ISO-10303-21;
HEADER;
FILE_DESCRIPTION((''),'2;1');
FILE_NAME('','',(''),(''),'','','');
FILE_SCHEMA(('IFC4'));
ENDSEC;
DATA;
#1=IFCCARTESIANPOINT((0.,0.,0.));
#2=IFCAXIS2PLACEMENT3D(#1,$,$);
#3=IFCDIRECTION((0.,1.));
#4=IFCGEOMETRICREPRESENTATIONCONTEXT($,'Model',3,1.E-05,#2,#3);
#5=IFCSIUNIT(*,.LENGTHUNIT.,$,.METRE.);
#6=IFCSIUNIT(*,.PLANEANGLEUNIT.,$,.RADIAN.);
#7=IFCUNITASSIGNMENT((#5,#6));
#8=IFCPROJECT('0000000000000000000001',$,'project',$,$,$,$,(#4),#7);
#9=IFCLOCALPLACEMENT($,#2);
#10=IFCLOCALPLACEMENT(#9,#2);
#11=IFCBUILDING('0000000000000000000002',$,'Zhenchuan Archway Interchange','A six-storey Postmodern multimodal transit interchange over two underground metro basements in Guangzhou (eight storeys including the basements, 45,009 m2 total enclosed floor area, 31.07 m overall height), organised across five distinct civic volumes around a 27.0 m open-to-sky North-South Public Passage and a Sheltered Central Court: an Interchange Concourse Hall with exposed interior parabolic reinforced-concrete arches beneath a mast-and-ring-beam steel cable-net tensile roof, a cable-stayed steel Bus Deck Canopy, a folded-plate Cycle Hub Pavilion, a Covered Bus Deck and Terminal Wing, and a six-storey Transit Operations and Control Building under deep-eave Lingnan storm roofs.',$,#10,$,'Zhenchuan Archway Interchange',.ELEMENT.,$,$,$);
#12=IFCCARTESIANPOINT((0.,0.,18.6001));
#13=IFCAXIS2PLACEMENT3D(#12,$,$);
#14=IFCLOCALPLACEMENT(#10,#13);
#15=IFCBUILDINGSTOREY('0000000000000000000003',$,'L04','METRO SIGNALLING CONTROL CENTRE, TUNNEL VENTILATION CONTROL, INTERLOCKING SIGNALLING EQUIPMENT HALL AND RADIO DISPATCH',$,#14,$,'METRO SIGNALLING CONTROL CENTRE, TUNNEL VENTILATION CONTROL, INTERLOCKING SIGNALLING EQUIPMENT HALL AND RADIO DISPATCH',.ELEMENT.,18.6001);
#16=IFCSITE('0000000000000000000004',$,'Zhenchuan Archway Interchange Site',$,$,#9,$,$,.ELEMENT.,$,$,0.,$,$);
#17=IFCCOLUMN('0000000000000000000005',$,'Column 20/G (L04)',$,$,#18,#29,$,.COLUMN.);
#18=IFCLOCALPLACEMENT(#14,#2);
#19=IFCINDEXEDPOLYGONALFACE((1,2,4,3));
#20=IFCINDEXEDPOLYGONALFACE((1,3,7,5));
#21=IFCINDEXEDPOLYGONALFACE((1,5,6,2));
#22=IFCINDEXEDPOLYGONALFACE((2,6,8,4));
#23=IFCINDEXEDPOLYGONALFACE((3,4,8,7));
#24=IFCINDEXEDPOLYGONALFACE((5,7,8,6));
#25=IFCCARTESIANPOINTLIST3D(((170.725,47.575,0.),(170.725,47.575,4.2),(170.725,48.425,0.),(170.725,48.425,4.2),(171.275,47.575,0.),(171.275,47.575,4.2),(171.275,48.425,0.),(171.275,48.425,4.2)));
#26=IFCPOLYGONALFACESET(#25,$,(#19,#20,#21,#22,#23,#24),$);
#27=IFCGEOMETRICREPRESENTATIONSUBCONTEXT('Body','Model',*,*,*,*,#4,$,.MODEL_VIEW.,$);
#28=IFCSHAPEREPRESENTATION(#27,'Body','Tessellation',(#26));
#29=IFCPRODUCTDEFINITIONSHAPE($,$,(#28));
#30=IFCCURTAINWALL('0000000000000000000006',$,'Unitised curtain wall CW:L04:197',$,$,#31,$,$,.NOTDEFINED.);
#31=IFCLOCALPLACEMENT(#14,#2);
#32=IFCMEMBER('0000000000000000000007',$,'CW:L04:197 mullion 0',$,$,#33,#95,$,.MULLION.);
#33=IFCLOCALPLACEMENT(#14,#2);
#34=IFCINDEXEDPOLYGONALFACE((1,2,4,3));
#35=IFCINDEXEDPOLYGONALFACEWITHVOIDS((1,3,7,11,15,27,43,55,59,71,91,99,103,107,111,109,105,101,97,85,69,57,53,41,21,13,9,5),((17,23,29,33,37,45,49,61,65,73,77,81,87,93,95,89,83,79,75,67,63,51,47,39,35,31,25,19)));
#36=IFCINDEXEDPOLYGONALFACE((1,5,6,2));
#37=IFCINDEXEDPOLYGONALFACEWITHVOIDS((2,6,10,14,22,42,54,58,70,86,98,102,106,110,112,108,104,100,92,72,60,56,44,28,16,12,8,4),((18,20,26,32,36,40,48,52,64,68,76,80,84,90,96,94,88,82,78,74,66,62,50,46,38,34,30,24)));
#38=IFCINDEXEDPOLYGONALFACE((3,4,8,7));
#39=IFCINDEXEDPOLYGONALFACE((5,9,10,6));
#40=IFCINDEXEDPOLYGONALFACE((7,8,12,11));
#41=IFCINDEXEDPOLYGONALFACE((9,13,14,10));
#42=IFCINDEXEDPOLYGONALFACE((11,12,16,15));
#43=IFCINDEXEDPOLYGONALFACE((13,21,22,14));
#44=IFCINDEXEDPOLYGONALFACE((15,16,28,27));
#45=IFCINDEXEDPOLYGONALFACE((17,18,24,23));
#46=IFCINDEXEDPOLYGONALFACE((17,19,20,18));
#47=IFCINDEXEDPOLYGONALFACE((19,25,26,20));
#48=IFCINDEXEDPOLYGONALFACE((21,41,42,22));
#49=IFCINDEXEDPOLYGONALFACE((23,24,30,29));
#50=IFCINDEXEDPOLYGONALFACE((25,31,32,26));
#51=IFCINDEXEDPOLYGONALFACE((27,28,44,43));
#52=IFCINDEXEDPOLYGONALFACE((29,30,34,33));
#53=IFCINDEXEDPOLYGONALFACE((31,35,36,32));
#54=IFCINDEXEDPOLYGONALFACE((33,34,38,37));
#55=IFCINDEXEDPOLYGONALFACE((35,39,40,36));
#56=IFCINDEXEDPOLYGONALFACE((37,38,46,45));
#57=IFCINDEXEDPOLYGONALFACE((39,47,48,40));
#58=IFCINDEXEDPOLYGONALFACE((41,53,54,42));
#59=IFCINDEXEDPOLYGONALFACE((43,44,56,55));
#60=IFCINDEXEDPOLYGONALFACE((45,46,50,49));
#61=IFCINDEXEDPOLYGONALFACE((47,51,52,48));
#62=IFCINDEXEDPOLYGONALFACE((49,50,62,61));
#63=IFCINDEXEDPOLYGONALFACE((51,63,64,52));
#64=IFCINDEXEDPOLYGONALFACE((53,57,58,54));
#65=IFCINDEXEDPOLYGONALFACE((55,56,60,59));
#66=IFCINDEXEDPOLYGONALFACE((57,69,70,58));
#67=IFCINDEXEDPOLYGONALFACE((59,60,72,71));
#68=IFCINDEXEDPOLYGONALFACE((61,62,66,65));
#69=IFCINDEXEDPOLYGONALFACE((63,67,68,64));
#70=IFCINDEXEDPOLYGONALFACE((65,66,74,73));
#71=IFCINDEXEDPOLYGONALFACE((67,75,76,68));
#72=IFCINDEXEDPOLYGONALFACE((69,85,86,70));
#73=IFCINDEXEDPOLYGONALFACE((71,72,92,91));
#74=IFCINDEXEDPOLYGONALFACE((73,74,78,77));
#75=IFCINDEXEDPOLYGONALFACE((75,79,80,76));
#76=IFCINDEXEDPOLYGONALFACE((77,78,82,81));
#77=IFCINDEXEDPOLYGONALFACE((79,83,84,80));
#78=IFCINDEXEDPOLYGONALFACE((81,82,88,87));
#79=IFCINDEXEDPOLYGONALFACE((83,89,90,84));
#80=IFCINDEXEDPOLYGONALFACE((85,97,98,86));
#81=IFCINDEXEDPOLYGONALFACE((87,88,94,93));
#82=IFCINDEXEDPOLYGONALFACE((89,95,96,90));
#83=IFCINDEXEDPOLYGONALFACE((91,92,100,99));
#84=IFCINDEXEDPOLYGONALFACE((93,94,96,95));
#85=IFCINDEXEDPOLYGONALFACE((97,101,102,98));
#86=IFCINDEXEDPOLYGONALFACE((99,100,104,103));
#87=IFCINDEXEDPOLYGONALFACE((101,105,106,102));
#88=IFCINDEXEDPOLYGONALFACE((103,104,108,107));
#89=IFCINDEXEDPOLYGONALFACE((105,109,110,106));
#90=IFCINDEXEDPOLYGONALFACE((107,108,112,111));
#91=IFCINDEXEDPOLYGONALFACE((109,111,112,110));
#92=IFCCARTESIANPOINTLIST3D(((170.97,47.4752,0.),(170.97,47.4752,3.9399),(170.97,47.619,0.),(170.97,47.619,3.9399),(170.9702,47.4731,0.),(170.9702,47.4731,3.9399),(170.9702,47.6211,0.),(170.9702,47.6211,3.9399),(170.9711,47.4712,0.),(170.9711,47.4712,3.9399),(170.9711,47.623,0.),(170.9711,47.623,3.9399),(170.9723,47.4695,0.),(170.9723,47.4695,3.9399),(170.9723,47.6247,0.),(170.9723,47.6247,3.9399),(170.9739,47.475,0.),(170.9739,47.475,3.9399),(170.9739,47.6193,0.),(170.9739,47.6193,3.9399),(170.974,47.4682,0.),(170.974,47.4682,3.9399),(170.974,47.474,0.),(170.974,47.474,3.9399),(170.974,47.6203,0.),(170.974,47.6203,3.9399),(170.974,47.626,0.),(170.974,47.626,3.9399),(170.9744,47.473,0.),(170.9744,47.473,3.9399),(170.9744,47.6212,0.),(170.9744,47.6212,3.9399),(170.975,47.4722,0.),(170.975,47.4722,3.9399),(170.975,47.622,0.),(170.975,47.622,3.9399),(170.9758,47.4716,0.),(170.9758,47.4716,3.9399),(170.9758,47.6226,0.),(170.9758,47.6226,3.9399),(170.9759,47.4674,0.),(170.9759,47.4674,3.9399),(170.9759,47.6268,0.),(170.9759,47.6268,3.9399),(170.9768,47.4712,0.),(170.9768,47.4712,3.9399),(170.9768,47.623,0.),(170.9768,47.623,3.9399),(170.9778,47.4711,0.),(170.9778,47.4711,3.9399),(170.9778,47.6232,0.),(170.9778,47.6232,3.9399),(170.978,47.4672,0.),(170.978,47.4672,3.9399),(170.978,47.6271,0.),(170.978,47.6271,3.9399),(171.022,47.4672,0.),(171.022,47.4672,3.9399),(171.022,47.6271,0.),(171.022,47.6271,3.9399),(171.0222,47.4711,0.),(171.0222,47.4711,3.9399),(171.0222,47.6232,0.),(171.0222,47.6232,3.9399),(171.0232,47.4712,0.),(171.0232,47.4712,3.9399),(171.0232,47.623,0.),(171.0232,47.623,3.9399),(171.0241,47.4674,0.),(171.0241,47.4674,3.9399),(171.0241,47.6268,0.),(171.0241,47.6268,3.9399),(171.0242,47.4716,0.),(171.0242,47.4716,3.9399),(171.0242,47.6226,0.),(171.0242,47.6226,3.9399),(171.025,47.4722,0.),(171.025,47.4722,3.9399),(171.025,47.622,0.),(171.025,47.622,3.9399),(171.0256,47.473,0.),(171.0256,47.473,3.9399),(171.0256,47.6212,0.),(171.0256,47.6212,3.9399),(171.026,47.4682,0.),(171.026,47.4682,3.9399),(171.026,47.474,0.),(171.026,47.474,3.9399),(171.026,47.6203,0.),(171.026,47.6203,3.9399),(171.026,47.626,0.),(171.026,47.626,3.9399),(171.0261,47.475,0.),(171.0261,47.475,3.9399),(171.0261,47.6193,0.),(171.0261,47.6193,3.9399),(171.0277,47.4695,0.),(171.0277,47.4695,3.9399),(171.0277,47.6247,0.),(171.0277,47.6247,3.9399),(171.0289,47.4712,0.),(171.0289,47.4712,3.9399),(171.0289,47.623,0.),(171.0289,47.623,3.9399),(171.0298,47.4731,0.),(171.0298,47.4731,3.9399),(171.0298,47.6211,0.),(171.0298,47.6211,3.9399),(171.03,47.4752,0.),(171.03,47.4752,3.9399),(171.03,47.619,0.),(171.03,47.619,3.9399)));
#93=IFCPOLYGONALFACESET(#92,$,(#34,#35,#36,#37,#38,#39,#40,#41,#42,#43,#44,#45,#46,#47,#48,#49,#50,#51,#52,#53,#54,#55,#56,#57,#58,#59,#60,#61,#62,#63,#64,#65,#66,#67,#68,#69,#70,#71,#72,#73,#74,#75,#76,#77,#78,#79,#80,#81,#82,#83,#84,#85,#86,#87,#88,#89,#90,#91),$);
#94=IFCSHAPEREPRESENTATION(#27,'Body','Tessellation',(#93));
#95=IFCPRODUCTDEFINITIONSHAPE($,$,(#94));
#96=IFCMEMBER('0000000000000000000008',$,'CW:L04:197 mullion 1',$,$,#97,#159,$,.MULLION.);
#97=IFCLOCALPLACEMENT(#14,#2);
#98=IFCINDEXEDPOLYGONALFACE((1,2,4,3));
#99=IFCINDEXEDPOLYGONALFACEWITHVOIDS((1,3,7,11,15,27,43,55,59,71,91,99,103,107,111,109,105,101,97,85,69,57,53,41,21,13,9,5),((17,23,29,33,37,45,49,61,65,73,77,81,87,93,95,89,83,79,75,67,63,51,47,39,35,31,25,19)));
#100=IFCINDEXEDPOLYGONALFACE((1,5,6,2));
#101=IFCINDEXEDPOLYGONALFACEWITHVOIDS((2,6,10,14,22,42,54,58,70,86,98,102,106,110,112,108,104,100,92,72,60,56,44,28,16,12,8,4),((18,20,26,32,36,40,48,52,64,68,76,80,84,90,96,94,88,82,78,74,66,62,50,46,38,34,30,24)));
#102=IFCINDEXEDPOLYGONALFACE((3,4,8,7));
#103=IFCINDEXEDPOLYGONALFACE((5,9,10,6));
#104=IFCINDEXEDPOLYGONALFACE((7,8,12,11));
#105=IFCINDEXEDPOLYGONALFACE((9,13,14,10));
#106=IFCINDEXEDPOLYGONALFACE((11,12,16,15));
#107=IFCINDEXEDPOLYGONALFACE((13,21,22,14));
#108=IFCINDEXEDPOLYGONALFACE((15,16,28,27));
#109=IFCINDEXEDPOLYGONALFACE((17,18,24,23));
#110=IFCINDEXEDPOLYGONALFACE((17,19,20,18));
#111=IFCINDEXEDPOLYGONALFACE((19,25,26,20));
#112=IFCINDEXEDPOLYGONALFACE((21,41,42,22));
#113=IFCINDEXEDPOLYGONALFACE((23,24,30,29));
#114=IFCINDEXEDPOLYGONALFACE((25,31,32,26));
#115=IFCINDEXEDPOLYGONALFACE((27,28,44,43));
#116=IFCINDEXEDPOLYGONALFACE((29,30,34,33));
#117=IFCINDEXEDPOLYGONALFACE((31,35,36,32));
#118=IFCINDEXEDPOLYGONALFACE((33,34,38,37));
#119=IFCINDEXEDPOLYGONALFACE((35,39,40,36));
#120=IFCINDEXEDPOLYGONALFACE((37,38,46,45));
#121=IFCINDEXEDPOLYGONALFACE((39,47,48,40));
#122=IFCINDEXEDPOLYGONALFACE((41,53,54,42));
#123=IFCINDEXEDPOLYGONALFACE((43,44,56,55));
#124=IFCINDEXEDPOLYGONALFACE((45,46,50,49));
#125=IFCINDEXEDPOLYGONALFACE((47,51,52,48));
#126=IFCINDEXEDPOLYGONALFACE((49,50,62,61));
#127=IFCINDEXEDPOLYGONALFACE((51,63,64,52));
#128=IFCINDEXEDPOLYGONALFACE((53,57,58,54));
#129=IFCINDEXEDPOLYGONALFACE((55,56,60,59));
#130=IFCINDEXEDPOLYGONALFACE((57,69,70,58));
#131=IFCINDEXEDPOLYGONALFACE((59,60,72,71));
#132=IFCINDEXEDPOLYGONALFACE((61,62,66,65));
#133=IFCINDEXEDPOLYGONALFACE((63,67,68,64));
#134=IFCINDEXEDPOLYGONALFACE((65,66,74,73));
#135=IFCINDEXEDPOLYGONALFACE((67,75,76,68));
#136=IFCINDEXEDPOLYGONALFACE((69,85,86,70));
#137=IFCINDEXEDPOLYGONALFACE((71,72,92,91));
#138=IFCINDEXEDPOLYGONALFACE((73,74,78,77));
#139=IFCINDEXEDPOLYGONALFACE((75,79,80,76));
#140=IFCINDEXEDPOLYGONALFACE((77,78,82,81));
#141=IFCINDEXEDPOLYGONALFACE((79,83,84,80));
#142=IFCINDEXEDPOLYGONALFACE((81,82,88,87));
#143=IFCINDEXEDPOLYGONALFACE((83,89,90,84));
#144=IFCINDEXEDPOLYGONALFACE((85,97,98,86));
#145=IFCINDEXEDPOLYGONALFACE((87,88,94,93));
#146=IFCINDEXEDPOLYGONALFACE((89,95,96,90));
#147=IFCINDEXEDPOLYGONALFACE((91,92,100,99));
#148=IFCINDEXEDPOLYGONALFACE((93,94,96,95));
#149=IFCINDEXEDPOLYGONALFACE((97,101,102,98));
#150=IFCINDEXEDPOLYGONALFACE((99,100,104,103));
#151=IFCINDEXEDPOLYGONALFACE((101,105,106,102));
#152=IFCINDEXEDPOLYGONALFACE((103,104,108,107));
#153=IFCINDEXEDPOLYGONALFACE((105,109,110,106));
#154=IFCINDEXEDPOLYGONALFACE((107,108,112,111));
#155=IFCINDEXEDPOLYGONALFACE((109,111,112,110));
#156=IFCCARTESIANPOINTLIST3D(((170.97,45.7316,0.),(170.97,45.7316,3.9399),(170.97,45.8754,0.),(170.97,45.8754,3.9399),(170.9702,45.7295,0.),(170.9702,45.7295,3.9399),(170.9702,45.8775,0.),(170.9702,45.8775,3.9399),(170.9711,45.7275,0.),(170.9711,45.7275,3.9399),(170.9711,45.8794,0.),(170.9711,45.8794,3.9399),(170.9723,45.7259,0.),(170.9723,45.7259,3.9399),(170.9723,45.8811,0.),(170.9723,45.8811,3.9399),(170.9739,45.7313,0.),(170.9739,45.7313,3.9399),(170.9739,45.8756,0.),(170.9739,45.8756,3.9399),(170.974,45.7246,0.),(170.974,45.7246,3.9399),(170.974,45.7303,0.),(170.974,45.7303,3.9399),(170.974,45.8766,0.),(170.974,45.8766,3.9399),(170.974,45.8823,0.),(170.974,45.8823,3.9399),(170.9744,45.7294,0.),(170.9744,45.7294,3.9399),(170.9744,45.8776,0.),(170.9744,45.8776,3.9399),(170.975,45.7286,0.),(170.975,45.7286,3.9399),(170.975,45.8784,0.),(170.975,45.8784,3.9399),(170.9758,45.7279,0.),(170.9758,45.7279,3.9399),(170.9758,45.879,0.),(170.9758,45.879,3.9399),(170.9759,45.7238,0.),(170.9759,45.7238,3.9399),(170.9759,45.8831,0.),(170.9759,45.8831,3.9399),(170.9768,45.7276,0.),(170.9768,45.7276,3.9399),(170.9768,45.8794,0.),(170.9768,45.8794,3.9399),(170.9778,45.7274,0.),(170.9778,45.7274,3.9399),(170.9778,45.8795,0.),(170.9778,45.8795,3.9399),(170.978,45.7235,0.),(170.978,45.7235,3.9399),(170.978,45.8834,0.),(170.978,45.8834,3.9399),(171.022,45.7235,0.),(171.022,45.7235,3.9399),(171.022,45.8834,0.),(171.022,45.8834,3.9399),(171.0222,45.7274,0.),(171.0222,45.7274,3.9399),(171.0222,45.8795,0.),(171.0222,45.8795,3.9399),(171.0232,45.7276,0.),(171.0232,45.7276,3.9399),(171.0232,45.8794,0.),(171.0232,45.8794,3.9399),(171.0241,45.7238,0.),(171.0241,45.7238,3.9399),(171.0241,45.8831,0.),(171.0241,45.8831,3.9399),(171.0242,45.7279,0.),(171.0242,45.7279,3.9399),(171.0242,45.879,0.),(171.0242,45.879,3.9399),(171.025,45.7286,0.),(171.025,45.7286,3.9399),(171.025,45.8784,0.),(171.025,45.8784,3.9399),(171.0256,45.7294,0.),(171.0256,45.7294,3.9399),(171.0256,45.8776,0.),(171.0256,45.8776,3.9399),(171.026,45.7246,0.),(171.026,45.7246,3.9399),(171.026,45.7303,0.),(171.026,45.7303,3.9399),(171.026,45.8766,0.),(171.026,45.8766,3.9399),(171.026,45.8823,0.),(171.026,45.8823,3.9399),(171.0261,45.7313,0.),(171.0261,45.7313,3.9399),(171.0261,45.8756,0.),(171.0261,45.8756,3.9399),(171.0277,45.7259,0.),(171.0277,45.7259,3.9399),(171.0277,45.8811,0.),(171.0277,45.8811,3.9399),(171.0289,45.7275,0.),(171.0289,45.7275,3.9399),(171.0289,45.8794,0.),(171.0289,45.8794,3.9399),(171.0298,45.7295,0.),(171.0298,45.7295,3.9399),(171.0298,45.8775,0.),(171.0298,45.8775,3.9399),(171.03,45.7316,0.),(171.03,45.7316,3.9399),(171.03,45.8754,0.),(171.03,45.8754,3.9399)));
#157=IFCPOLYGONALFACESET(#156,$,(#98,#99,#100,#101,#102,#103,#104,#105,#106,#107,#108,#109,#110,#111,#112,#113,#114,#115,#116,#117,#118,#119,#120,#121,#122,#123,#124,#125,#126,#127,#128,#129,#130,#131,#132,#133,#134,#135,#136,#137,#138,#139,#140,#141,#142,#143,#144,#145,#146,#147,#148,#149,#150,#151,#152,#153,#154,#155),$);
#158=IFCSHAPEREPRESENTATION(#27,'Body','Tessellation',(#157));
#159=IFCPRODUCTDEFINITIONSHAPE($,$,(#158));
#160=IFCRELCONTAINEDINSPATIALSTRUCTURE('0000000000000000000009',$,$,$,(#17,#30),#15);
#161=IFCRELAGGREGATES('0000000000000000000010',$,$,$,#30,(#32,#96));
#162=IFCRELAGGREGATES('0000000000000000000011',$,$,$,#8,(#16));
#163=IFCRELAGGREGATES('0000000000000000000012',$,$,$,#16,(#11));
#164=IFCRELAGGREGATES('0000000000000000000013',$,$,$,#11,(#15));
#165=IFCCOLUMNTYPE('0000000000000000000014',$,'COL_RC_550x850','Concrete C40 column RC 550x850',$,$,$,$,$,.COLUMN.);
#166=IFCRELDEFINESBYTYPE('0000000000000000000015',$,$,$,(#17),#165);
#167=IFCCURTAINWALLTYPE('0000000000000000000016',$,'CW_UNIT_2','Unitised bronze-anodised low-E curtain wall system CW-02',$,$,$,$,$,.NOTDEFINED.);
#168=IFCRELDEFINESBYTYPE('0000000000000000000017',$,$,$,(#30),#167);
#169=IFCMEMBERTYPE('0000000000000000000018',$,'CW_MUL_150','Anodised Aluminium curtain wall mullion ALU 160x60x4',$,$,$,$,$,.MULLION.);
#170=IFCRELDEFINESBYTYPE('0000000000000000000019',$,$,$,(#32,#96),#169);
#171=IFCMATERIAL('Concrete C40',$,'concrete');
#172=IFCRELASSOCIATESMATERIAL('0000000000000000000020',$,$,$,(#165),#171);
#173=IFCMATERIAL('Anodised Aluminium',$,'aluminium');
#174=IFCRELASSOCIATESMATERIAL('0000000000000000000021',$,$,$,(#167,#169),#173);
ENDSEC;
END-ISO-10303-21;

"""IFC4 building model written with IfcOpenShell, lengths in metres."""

from ifc_helpers import new_model, si_unit, direction, frame, origin, origin_2d, place, context, subcontext, project, spatial, rectangle, hollow_rectangle, extrude, material, material_profile, profile_set, type_object, element, aggregate, save


model = new_model("IFC4")

# Units and contexts
model_context = context("Model", 3, precision=1e-05, world=origin(), true_north=direction((0.0, 1.0)))
body_context = subcontext(model_context, "Body", "Model", "MODEL_VIEW")
ifc_project = project(units=[si_unit("LENGTHUNIT", "METRE"), si_unit("PLANEANGLEUNIT", "RADIAN")], contexts=[model_context])

# Site, building, storey
site_placement = place(None, origin())
site = spatial("IfcSite", under=ifc_project, at=site_placement, Name="Zhenchuan Archway Interchange Site", CompositionType="ELEMENT", RefElevation=0.0)
building_placement = place(site_placement, origin())
building = spatial("IfcBuilding", under=site, at=building_placement, Name="Zhenchuan Archway Interchange", Description="A six-storey Postmodern multimodal transit interchange over two underground metro basements in Guangzhou (eight storeys including the basements, 45,009 m2 total enclosed floor area, 31.07 m overall height), organised across five distinct civic volumes around a 27.0 m open-to-sky North-South Public Passage and a Sheltered Central Court: an Interchange Concourse Hall with exposed interior parabolic reinforced-concrete arches beneath a mast-and-ring-beam steel cable-net tensile roof, a cable-stayed steel Bus Deck Canopy, a folded-plate Cycle Hub Pavilion, a Covered Bus Deck and Terminal Wing, and a six-storey Transit Operations and Control Building under deep-eave Lingnan storm roofs.", LongName="Zhenchuan Archway Interchange", CompositionType="ELEMENT")
storey_placement = place(building_placement, frame((0.0, 0.0, 18.6001)))
storey = spatial("IfcBuildingStorey", under=building, at=storey_placement, Name="L04", Description="METRO SIGNALLING CONTROL CENTRE, TUNNEL VENTILATION CONTROL, INTERLOCKING SIGNALLING EQUIPMENT HALL AND RADIO DISPATCH", LongName="METRO SIGNALLING CONTROL CENTRE, TUNNEL VENTILATION CONTROL, INTERLOCKING SIGNALLING EQUIPMENT HALL AND RADIO DISPATCH", CompositionType="ELEMENT", Elevation=18.6001)

# Column
ifc_material_1 = material(Name="Concrete C40", Category="concrete")
ifc_material_profile_1 = material_profile(ifc_material_1, rectangle(XDim=0.55, YDim=0.8501, at=origin_2d()), Name="RC 550x850")
ifc_profile_set_1 = profile_set([ifc_material_profile_1], Name="Concrete C40")
column_type = type_object("IfcColumnType", Name="COL_RC_550x850", Description="Concrete C40 column RC 550x850", PredefinedType="COLUMN", material=ifc_profile_set_1)
column_placement = place(storey_placement, frame((171.0, 48.0, 0.0), z_axis=(0.0, 0.0, 1.0), x_axis=(1.0, 0.0, 0.0)))
element("IfcColumn", 1, at=column_placement, inside=storey, type_object=column_type, Name="Column 20/G (L04)", PredefinedType="COLUMN", context=body_context, shape_type="SweptSolid", body=[
    extrude(rectangle(XDim=0.55, YDim=0.8501, at=origin_2d()), origin(), (0.0, 0.0, 1.0), 4.2),
])

# Curtain wall, members
ifc_material_2 = material(Name="Anodised Aluminium", Category="aluminium")
curtain_wall_type = type_object("IfcCurtainWallType", Name="CW_UNIT_2", Description="Unitised bronze-anodised low-E curtain wall system CW-02", PredefinedType="NOTDEFINED", material=ifc_material_2)
curtain_wall_placement = place(storey_placement, origin())
curtain_wall = element("IfcCurtainWall", 2, at=curtain_wall_placement, inside=storey, type_object=curtain_wall_type, Name="Unitised curtain wall CW:L04:197", PredefinedType="NOTDEFINED")
ifc_material_profile_2 = material_profile(ifc_material_2, hollow_rectangle(XDim=0.0601, YDim=0.1599, WallThickness=0.0039, InnerFilletRadius=0.0039, OuterFilletRadius=0.0081, at=origin_2d()), Name="ALU 160x60x4")
ifc_profile_set_2 = profile_set([ifc_material_profile_2], Name="Anodised Aluminium")
member_type_1 = type_object("IfcMemberType", Name="CW_MUL_150", Description="Anodised Aluminium curtain wall mullion ALU 160x60x4", PredefinedType="MULLION", material=ifc_profile_set_2)
member_1_placement = place(storey_placement, frame((171.0, 47.5471, 0.0), z_axis=(0.0, 0.0, 1.0), x_axis=(1.0, 0.0, 0.0)))
member_1 = element("IfcMember", 3, at=member_1_placement, type_object=member_type_1, Name="CW:L04:197 mullion 0", PredefinedType="MULLION", context=body_context, shape_type="SweptSolid", body=[
    extrude(hollow_rectangle(XDim=0.0601, YDim=0.1599, WallThickness=0.0039, InnerFilletRadius=0.0039, OuterFilletRadius=0.0081, at=origin_2d()), origin(), (0.0, 0.0, 1.0), 3.9399),
])
member_2_placement = place(storey_placement, frame((171.0, 45.8035, 0.0), z_axis=(0.0, 0.0, 1.0), x_axis=(1.0, 0.0, 0.0)))
member_2 = element("IfcMember", 4, at=member_2_placement, type_object=member_type_1, Name="CW:L04:197 mullion 1", PredefinedType="MULLION", context=body_context, shape_type="SweptSolid", body=[
    extrude(hollow_rectangle(XDim=0.0601, YDim=0.1599, WallThickness=0.0039, InnerFilletRadius=0.0039, OuterFilletRadius=0.0081, at=origin_2d()), origin(), (0.0, 0.0, 1.0), 3.9399),
])

aggregate(curtain_wall, [member_1, member_2])

save(model, "model.ifc")
